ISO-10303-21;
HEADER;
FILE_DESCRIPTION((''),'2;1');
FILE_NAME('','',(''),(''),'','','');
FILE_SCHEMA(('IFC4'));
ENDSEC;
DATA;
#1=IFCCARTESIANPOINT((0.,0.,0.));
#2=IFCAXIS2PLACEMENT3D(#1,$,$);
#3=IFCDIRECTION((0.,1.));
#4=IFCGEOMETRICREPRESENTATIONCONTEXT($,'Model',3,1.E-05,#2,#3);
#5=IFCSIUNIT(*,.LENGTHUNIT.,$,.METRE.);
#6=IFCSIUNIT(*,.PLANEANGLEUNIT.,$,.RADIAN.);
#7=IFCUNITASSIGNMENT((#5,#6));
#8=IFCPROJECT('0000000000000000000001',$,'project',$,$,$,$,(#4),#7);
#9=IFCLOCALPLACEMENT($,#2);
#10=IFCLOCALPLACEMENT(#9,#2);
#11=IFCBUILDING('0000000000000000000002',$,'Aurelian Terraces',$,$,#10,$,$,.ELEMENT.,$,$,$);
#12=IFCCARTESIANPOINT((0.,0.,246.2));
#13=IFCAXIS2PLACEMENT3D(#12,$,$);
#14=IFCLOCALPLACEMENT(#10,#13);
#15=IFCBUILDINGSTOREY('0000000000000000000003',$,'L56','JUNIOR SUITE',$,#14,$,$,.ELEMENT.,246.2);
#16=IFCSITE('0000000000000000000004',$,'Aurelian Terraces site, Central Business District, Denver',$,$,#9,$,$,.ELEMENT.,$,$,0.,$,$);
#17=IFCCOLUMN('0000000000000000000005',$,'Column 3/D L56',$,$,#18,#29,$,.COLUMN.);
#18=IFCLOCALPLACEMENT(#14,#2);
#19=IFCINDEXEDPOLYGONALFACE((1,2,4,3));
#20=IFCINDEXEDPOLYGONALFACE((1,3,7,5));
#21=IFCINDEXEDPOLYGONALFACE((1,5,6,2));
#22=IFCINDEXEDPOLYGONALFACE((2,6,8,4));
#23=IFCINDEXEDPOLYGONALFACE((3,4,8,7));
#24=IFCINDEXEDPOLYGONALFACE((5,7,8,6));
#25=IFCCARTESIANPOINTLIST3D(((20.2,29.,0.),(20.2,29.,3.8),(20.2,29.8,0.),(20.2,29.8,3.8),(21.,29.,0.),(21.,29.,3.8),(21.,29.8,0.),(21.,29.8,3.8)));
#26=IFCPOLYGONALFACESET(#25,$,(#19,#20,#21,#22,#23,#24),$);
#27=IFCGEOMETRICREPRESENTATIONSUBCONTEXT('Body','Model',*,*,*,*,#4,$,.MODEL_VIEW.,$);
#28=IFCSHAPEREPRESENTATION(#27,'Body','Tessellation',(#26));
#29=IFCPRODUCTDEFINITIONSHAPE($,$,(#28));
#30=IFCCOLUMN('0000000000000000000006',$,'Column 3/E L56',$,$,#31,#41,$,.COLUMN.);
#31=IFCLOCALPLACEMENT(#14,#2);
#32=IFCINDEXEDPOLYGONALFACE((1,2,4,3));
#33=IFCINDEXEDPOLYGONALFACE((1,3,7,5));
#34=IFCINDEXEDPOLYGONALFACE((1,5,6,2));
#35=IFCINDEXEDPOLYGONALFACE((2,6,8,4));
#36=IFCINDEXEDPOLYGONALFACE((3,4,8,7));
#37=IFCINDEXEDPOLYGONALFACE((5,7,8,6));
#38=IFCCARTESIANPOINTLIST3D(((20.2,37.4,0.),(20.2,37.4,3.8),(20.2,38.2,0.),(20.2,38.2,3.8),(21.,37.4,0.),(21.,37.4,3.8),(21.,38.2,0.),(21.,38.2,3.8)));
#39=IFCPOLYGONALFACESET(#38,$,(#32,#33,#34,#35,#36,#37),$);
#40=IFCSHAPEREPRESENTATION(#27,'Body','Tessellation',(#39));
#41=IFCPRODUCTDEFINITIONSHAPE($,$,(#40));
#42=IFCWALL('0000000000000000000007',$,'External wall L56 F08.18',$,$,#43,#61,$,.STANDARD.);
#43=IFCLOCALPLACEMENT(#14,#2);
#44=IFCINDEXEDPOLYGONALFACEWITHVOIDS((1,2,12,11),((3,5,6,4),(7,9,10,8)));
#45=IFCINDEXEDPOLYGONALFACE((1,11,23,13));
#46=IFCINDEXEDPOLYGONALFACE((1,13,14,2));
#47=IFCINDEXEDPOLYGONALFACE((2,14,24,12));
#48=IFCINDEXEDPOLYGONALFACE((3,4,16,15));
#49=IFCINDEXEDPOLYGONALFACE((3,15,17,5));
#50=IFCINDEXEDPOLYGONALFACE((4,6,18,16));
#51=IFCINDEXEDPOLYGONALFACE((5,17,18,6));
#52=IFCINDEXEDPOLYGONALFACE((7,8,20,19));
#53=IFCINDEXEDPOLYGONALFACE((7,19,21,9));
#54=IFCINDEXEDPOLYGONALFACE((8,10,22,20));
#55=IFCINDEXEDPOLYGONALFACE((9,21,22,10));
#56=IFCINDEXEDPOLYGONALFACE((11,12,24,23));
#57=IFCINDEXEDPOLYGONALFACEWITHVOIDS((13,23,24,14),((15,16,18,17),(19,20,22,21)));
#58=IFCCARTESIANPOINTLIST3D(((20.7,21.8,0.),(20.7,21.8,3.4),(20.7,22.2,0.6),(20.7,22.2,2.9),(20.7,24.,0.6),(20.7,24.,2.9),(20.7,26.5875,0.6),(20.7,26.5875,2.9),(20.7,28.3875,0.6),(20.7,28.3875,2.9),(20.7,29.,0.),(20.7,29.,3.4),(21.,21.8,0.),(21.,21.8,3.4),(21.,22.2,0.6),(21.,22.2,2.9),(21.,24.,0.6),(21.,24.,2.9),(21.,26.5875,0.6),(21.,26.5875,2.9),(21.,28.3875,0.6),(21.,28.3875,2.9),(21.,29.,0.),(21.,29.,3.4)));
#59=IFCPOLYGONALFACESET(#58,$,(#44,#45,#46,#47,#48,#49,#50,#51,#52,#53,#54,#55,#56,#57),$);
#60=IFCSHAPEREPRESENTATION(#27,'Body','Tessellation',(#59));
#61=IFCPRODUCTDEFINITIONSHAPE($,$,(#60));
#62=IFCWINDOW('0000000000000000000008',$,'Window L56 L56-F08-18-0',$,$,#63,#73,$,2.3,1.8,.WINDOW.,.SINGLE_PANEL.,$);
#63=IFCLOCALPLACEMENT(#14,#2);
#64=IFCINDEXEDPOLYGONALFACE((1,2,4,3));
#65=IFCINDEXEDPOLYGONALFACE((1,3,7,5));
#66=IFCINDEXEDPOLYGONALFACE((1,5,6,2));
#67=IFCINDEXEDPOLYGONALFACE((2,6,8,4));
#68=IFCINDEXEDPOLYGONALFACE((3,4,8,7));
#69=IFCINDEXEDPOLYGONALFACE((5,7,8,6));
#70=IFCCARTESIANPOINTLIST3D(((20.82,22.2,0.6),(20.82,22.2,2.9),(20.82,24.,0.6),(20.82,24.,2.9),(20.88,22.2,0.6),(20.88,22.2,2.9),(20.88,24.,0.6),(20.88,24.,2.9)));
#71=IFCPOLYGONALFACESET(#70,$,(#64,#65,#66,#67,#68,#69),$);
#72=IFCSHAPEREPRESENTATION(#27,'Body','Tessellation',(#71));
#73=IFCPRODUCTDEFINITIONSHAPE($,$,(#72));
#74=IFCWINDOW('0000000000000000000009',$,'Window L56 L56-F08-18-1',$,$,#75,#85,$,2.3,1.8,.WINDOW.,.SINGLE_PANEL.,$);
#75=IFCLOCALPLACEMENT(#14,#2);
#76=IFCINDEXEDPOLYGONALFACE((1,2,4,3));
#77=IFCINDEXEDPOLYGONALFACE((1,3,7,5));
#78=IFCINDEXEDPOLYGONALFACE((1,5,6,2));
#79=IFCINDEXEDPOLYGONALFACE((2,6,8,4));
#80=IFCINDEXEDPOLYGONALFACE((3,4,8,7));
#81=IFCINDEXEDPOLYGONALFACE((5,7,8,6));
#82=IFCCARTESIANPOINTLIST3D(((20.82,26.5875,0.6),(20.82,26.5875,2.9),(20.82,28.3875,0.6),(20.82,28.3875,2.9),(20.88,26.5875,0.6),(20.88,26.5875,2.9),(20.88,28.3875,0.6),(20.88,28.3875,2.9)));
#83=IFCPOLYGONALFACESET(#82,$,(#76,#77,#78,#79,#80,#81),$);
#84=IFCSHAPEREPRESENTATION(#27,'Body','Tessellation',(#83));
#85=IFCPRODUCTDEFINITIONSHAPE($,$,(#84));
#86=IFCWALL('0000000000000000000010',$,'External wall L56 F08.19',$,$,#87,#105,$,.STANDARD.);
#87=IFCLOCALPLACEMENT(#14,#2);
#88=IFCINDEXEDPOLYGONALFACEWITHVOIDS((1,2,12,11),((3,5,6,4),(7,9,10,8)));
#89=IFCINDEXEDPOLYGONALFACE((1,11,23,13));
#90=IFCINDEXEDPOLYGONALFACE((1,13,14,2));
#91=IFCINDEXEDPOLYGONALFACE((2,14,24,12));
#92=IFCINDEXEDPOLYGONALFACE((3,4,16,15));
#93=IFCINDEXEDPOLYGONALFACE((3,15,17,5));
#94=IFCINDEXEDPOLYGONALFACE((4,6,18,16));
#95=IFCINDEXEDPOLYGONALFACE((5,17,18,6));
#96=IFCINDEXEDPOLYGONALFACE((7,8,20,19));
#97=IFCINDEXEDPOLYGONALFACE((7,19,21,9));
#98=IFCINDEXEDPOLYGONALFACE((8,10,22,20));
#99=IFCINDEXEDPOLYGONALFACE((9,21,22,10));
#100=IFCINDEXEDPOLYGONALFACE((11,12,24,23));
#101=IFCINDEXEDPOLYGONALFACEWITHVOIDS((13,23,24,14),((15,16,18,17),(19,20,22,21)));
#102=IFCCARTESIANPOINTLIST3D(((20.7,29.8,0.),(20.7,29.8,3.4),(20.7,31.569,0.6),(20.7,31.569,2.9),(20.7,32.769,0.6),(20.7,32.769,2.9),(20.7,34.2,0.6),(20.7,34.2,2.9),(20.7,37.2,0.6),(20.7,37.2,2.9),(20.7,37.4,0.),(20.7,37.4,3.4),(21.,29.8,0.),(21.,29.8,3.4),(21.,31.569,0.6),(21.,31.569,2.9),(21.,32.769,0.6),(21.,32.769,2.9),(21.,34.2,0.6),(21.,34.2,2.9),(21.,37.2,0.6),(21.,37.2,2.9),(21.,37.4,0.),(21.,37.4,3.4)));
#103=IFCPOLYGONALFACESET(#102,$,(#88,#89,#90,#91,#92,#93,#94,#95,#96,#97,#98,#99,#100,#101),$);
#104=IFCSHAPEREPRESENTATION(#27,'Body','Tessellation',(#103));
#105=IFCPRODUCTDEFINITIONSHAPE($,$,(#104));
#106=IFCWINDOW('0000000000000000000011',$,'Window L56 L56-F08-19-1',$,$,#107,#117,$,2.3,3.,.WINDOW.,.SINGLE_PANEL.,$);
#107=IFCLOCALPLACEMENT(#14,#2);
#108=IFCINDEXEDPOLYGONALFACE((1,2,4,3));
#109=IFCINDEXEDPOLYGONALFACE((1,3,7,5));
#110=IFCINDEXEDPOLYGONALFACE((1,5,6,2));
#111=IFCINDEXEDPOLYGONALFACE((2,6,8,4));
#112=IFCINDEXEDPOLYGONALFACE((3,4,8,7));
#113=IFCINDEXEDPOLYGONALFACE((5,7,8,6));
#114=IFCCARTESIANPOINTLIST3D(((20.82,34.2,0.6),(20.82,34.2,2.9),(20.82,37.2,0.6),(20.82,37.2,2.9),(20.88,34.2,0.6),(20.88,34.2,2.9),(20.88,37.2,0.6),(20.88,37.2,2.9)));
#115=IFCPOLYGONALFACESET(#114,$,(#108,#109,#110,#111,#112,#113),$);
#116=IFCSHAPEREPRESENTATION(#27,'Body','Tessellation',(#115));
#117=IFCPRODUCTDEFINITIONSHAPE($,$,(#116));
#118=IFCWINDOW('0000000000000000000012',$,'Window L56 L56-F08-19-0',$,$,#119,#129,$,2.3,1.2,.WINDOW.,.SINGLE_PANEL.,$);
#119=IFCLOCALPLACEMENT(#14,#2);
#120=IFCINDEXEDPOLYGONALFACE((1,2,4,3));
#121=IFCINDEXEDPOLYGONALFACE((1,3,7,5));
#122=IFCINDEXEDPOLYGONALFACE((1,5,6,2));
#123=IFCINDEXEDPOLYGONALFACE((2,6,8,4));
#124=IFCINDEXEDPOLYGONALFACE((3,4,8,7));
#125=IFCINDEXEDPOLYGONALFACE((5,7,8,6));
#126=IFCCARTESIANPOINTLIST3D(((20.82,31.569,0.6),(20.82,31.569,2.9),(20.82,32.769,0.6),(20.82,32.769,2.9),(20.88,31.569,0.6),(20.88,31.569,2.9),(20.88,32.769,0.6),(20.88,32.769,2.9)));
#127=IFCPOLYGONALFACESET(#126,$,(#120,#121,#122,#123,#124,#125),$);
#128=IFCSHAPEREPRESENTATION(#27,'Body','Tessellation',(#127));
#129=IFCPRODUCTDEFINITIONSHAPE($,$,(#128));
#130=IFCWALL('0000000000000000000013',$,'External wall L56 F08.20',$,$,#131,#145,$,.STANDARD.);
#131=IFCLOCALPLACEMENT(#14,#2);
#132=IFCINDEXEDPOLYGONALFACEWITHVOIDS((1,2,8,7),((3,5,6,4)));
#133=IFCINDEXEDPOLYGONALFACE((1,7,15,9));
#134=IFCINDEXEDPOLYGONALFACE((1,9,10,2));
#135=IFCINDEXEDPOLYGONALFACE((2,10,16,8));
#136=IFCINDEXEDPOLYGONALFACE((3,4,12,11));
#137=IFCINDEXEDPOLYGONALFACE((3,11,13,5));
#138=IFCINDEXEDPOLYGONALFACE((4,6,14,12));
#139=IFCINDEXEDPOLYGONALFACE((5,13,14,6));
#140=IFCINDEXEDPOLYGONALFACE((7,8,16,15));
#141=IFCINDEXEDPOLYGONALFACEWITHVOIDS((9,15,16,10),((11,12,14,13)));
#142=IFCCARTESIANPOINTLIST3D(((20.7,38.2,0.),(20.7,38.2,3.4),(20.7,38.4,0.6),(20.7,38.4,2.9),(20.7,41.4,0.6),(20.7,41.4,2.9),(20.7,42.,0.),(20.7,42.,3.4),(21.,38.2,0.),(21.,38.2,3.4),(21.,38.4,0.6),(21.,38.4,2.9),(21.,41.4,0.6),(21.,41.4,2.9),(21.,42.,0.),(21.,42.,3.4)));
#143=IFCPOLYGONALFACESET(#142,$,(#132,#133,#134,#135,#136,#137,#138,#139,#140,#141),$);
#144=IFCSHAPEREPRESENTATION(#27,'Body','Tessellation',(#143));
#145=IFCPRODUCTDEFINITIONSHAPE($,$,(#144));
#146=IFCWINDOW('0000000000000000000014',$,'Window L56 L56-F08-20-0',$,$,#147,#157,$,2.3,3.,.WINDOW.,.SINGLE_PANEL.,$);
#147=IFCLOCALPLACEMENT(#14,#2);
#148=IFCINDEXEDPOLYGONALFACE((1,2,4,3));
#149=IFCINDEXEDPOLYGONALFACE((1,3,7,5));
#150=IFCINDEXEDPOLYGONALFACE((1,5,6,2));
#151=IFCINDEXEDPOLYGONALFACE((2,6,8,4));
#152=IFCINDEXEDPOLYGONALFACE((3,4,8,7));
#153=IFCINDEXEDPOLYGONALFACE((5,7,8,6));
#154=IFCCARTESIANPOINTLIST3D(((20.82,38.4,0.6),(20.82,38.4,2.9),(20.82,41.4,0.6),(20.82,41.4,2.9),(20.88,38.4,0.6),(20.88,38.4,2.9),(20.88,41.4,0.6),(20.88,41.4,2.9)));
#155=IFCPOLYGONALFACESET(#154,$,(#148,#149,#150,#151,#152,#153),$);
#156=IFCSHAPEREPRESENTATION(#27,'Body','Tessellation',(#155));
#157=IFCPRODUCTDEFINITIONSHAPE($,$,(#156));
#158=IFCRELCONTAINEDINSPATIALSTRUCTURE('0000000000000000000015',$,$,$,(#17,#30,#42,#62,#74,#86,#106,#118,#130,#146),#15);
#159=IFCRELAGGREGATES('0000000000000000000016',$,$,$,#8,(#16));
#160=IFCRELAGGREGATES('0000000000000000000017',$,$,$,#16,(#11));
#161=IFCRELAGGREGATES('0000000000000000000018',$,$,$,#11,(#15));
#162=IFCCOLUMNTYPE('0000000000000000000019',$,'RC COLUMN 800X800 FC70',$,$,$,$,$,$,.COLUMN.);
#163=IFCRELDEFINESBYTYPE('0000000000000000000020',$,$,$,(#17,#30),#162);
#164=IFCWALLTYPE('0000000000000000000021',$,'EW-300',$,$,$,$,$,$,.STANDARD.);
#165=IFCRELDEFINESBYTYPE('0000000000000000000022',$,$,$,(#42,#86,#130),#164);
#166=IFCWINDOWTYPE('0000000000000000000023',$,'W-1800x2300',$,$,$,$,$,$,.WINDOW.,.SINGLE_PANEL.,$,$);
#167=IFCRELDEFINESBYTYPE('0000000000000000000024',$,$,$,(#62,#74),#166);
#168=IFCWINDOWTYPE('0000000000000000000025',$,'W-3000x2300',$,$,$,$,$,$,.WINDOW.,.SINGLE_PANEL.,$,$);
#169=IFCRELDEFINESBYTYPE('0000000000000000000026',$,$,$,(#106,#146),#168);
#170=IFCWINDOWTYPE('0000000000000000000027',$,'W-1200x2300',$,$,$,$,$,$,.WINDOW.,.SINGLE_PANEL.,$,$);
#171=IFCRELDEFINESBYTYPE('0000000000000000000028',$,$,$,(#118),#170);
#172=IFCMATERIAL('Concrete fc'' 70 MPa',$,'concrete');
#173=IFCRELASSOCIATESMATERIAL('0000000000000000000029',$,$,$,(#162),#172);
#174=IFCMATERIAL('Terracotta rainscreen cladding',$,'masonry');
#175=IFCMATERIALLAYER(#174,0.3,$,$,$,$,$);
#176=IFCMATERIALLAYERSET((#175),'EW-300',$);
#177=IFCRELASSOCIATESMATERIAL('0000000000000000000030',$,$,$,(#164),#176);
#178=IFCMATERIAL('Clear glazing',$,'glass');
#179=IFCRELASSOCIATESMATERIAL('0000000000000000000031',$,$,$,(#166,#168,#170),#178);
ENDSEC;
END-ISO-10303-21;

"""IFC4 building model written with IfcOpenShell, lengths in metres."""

from ifc_helpers import new_model, si_unit, direction, frame, frame_2d, origin, origin_2d, place, context, subcontext, project, spatial, rectangle, extrude, source, transform, mapped, material, layer, layer_set, material_profile, profile_set, type_object, element, fill, save


model = new_model("IFC4")

# Units and contexts
model_context = context("Model", 3, precision=1e-05, world=origin(), true_north=direction((0.0, 1.0)))
body_context = subcontext(model_context, "Body", "Model", "MODEL_VIEW")
ifc_project = project(units=[si_unit("LENGTHUNIT", "METRE"), si_unit("PLANEANGLEUNIT", "RADIAN")], contexts=[model_context])

# Site, building, storey
site_placement = place(None, origin())
site = spatial("IfcSite", under=ifc_project, at=site_placement, Name="Aurelian Terraces site, Central Business District, Denver", CompositionType="ELEMENT", RefElevation=0.0)
building_placement = place(site_placement, origin())
building = spatial("IfcBuilding", under=site, at=building_placement, Name="Aurelian Terraces", CompositionType="ELEMENT")
storey_placement = place(building_placement, frame((0.0, 0.0, 246.2)))
storey = spatial("IfcBuildingStorey", under=building, at=storey_placement, Name="L56", Description="JUNIOR SUITE", CompositionType="ELEMENT", Elevation=246.2)

# Columns
ifc_material_1 = material(Name="Concrete fc' 70 MPa", Category="concrete")
ifc_material_profile = material_profile(ifc_material_1, rectangle(XDim=0.8, YDim=0.8, at=origin_2d()))
ifc_profile_set = profile_set([ifc_material_profile], Name="Concrete fc' 70 MPa")
column_type = type_object("IfcColumnType", Name="RC COLUMN 800X800 FC70", PredefinedType="COLUMN", material=ifc_profile_set)
shared_shape_1 = source(origin(), body_context, "Body", "SweptSolid", [
    extrude(rectangle(XDim=0.8, YDim=0.8, at=origin_2d()), origin(), (0.0, 0.0, 1.0), 3.8),
])
for number, where, z_axis, x_axis, name in (
    (1, (20.6, 29.4, 0.0), (0.0, 0.0, 1.0), (1.0, 0.0, 0.0), "Column 3/D L56"),
    (2, (20.6, 37.8, 0.0), (0.0, 0.0, 1.0), (1.0, 0.0, 0.0), "Column 3/E L56"),
):
    element("IfcColumn", number, at=place(storey_placement, frame(where, z_axis=z_axis, x_axis=x_axis)), inside=storey, type_object=column_type, Name=name, PredefinedType="COLUMN", context=body_context, shape_type="MappedRepresentation", body=[
        mapped(shared_shape_1, transform((0.0, 0.0, 0.0), scale=1.0)),
    ])

# Walls, openings, windows
ifc_material_2 = material(Name="Terracotta rainscreen cladding", Category="masonry")
ifc_layer_1 = layer(ifc_material_2, 0.3)
ifc_layer_set_1 = layer_set([ifc_layer_1], Name="EW-300")
wall_type_1 = type_object("IfcWallType", Name="EW-300", PredefinedType="STANDARD", material=ifc_layer_set_1)
shared_shape_2 = source(origin(), body_context, "Body", "SweptSolid", [
    extrude(rectangle(XDim=7.2, YDim=0.3, at=frame_2d((3.6, 0.0))), origin(), (0.0, 0.0, 1.0), 3.4),
])
wall_1_placement = place(storey_placement, frame((20.85, 21.8, 0.0), z_axis=(0.0, 0.0, 1.0), x_axis=(0.0, 1.0, 0.0)))
wall_1 = element("IfcWall", 3, at=wall_1_placement, inside=storey, type_object=wall_type_1, Name="External wall L56 F08.18", PredefinedType="STANDARD", context=body_context, shape_type="MappedRepresentation", body=[
    mapped(shared_shape_2, transform((0.0, 0.0, 0.0), scale=1.0)),
])
shared_shape_3 = source(origin(), body_context, "Body", "SweptSolid", [
    extrude(rectangle(XDim=1.8, YDim=2.3, at=frame_2d((0.9, 1.15))), frame((0.0, 0.16, 0.0), z_axis=(0.0, -1.0, 0.0), x_axis=(1.0, 0.0, 0.0)), (0.0, 0.0, 1.0), 0.32),
])
opening_1_placement = place(wall_1_placement, frame((0.4, 0.0, 0.6)))
opening_1 = element("IfcOpeningElement", 4, at=opening_1_placement, cuts=wall_1, PredefinedType="OPENING", context=body_context, shape_type="MappedRepresentation", body=[
    mapped(shared_shape_3, transform((0.0, 0.0, 0.0), scale=1.0)),
])
opening_2_placement = place(wall_1_placement, frame((4.7875, 0.0, 0.6)))
opening_2 = element("IfcOpeningElement", 5, at=opening_2_placement, cuts=wall_1, PredefinedType="OPENING", context=body_context, shape_type="MappedRepresentation", body=[
    mapped(shared_shape_3, transform((0.0, 0.0, 0.0), scale=1.0)),
])
ifc_material_3 = material(Name="Clear glazing", Category="glass")
window_type_1 = type_object("IfcWindowType", Name="W-1800x2300", PartitioningType="SINGLE_PANEL", PredefinedType="WINDOW", material=ifc_material_3)
shared_shape_4 = source(origin(), body_context, "Body", "SweptSolid", [
    extrude(rectangle(XDim=1.8, YDim=2.3, at=frame_2d((0.9, 1.15))), frame((0.0, 0.03, 0.0), z_axis=(0.0, -1.0, 0.0), x_axis=(1.0, 0.0, 0.0)), (0.0, 0.0, 1.0), 0.06),
])
window_1_placement = place(opening_1_placement, origin())
window_1 = element("IfcWindow", 6, at=window_1_placement, inside=storey, type_object=window_type_1, Name="Window L56 L56-F08-18-0", OverallHeight=2.3, OverallWidth=1.8, PartitioningType="SINGLE_PANEL", PredefinedType="WINDOW", context=body_context, shape_type="MappedRepresentation", body=[
    mapped(shared_shape_4, transform((0.0, 0.0, 0.0), scale=1.0)),
])
fill(opening_1, window_1)
window_2_placement = place(opening_2_placement, origin())
window_2 = element("IfcWindow", 7, at=window_2_placement, inside=storey, type_object=window_type_1, Name="Window L56 L56-F08-18-1", OverallHeight=2.3, OverallWidth=1.8, PartitioningType="SINGLE_PANEL", PredefinedType="WINDOW", context=body_context, shape_type="MappedRepresentation", body=[
    mapped(shared_shape_4, transform((0.0, 0.0, 0.0), scale=1.0)),
])
fill(opening_2, window_2)
shared_shape_5 = source(origin(), body_context, "Body", "SweptSolid", [
    extrude(rectangle(XDim=7.6, YDim=0.3, at=frame_2d((3.8, 0.0))), origin(), (0.0, 0.0, 1.0), 3.4),
])
wall_2_placement = place(storey_placement, frame((20.85, 29.8, 0.0), z_axis=(0.0, 0.0, 1.0), x_axis=(0.0, 1.0, 0.0)))
wall_2 = element("IfcWall", 8, at=wall_2_placement, inside=storey, type_object=wall_type_1, Name="External wall L56 F08.19", PredefinedType="STANDARD", context=body_context, shape_type="MappedRepresentation", body=[
    mapped(shared_shape_5, transform((0.0, 0.0, 0.0), scale=1.0)),
])
shared_shape_6 = source(origin(), body_context, "Body", "SweptSolid", [
    extrude(rectangle(XDim=1.2, YDim=2.3, at=frame_2d((0.6, 1.15))), frame((0.0, 0.16, 0.0), z_axis=(0.0, -1.0, 0.0), x_axis=(1.0, 0.0, 0.0)), (0.0, 0.0, 1.0), 0.32),
])
opening_3_placement = place(wall_2_placement, frame((1.769, 0.0, 0.6)))
opening_3 = element("IfcOpeningElement", 9, at=opening_3_placement, cuts=wall_2, PredefinedType="OPENING", context=body_context, shape_type="MappedRepresentation", body=[
    mapped(shared_shape_6, transform((0.0, 0.0, 0.0), scale=1.0)),
])
shared_shape_7 = source(origin(), body_context, "Body", "SweptSolid", [
    extrude(rectangle(XDim=3.0, YDim=2.3, at=frame_2d((1.5, 1.15))), frame((0.0, 0.16, 0.0), z_axis=(0.0, -1.0, 0.0), x_axis=(1.0, 0.0, 0.0)), (0.0, 0.0, 1.0), 0.32),
])
opening_4_placement = place(wall_2_placement, frame((4.4, 0.0, 0.6)))
opening_4 = element("IfcOpeningElement", 10, at=opening_4_placement, cuts=wall_2, PredefinedType="OPENING", context=body_context, shape_type="MappedRepresentation", body=[
    mapped(shared_shape_7, transform((0.0, 0.0, 0.0), scale=1.0)),
])
window_type_2 = type_object("IfcWindowType", Name="W-3000x2300", PartitioningType="SINGLE_PANEL", PredefinedType="WINDOW", material=ifc_material_3)
shared_shape_8 = source(origin(), body_context, "Body", "SweptSolid", [
    extrude(rectangle(XDim=3.0, YDim=2.3, at=frame_2d((1.5, 1.15))), frame((0.0, 0.03, 0.0), z_axis=(0.0, -1.0, 0.0), x_axis=(1.0, 0.0, 0.0)), (0.0, 0.0, 1.0), 0.06),
])
window_3_placement = place(opening_4_placement, origin())
window_3 = element("IfcWindow", 11, at=window_3_placement, inside=storey, type_object=window_type_2, Name="Window L56 L56-F08-19-1", OverallHeight=2.3, OverallWidth=3.0, PartitioningType="SINGLE_PANEL", PredefinedType="WINDOW", context=body_context, shape_type="MappedRepresentation", body=[
    mapped(shared_shape_8, transform((0.0, 0.0, 0.0), scale=1.0)),
])
fill(opening_4, window_3)
window_type_3 = type_object("IfcWindowType", Name="W-1200x2300", PartitioningType="SINGLE_PANEL", PredefinedType="WINDOW", material=ifc_material_3)
shared_shape_9 = source(origin(), body_context, "Body", "SweptSolid", [
    extrude(rectangle(XDim=1.2, YDim=2.3, at=frame_2d((0.6, 1.15))), frame((0.0, 0.03, 0.0), z_axis=(0.0, -1.0, 0.0), x_axis=(1.0, 0.0, 0.0)), (0.0, 0.0, 1.0), 0.06),
])
window_4_placement = place(opening_3_placement, origin())
window_4 = element("IfcWindow", 12, at=window_4_placement, inside=storey, type_object=window_type_3, Name="Window L56 L56-F08-19-0", OverallHeight=2.3, OverallWidth=1.2, PartitioningType="SINGLE_PANEL", PredefinedType="WINDOW", context=body_context, shape_type="MappedRepresentation", body=[
    mapped(shared_shape_9, transform((0.0, 0.0, 0.0), scale=1.0)),
])
fill(opening_3, window_4)

# Wall, opening, window
shared_shape_10 = source(origin(), body_context, "Body", "SweptSolid", [
    extrude(rectangle(XDim=3.8, YDim=0.3, at=frame_2d((1.9, 0.0))), origin(), (0.0, 0.0, 1.0), 3.4),
])
wall_3_placement = place(storey_placement, frame((20.85, 38.2, 0.0), z_axis=(0.0, 0.0, 1.0), x_axis=(0.0, 1.0, 0.0)))
wall_3 = element("IfcWall", 13, at=wall_3_placement, inside=storey, type_object=wall_type_1, Name="External wall L56 F08.20", PredefinedType="STANDARD", context=body_context, shape_type="MappedRepresentation", body=[
    mapped(shared_shape_10, transform((0.0, 0.0, 0.0), scale=1.0)),
])
opening_5_placement = place(wall_3_placement, frame((0.2, 0.0, 0.6)))
opening_5 = element("IfcOpeningElement", 14, at=opening_5_placement, cuts=wall_3, PredefinedType="OPENING", context=body_context, shape_type="MappedRepresentation", body=[
    mapped(shared_shape_7, transform((0.0, 0.0, 0.0), scale=1.0)),
])
window_5_placement = place(opening_5_placement, origin())
window_5 = element("IfcWindow", 15, at=window_5_placement, inside=storey, type_object=window_type_2, Name="Window L56 L56-F08-20-0", OverallHeight=2.3, OverallWidth=3.0, PartitioningType="SINGLE_PANEL", PredefinedType="WINDOW", context=body_context, shape_type="MappedRepresentation", body=[
    mapped(shared_shape_8, transform((0.0, 0.0, 0.0), scale=1.0)),
])
fill(opening_5, window_5)

save(model, "model.ifc")
